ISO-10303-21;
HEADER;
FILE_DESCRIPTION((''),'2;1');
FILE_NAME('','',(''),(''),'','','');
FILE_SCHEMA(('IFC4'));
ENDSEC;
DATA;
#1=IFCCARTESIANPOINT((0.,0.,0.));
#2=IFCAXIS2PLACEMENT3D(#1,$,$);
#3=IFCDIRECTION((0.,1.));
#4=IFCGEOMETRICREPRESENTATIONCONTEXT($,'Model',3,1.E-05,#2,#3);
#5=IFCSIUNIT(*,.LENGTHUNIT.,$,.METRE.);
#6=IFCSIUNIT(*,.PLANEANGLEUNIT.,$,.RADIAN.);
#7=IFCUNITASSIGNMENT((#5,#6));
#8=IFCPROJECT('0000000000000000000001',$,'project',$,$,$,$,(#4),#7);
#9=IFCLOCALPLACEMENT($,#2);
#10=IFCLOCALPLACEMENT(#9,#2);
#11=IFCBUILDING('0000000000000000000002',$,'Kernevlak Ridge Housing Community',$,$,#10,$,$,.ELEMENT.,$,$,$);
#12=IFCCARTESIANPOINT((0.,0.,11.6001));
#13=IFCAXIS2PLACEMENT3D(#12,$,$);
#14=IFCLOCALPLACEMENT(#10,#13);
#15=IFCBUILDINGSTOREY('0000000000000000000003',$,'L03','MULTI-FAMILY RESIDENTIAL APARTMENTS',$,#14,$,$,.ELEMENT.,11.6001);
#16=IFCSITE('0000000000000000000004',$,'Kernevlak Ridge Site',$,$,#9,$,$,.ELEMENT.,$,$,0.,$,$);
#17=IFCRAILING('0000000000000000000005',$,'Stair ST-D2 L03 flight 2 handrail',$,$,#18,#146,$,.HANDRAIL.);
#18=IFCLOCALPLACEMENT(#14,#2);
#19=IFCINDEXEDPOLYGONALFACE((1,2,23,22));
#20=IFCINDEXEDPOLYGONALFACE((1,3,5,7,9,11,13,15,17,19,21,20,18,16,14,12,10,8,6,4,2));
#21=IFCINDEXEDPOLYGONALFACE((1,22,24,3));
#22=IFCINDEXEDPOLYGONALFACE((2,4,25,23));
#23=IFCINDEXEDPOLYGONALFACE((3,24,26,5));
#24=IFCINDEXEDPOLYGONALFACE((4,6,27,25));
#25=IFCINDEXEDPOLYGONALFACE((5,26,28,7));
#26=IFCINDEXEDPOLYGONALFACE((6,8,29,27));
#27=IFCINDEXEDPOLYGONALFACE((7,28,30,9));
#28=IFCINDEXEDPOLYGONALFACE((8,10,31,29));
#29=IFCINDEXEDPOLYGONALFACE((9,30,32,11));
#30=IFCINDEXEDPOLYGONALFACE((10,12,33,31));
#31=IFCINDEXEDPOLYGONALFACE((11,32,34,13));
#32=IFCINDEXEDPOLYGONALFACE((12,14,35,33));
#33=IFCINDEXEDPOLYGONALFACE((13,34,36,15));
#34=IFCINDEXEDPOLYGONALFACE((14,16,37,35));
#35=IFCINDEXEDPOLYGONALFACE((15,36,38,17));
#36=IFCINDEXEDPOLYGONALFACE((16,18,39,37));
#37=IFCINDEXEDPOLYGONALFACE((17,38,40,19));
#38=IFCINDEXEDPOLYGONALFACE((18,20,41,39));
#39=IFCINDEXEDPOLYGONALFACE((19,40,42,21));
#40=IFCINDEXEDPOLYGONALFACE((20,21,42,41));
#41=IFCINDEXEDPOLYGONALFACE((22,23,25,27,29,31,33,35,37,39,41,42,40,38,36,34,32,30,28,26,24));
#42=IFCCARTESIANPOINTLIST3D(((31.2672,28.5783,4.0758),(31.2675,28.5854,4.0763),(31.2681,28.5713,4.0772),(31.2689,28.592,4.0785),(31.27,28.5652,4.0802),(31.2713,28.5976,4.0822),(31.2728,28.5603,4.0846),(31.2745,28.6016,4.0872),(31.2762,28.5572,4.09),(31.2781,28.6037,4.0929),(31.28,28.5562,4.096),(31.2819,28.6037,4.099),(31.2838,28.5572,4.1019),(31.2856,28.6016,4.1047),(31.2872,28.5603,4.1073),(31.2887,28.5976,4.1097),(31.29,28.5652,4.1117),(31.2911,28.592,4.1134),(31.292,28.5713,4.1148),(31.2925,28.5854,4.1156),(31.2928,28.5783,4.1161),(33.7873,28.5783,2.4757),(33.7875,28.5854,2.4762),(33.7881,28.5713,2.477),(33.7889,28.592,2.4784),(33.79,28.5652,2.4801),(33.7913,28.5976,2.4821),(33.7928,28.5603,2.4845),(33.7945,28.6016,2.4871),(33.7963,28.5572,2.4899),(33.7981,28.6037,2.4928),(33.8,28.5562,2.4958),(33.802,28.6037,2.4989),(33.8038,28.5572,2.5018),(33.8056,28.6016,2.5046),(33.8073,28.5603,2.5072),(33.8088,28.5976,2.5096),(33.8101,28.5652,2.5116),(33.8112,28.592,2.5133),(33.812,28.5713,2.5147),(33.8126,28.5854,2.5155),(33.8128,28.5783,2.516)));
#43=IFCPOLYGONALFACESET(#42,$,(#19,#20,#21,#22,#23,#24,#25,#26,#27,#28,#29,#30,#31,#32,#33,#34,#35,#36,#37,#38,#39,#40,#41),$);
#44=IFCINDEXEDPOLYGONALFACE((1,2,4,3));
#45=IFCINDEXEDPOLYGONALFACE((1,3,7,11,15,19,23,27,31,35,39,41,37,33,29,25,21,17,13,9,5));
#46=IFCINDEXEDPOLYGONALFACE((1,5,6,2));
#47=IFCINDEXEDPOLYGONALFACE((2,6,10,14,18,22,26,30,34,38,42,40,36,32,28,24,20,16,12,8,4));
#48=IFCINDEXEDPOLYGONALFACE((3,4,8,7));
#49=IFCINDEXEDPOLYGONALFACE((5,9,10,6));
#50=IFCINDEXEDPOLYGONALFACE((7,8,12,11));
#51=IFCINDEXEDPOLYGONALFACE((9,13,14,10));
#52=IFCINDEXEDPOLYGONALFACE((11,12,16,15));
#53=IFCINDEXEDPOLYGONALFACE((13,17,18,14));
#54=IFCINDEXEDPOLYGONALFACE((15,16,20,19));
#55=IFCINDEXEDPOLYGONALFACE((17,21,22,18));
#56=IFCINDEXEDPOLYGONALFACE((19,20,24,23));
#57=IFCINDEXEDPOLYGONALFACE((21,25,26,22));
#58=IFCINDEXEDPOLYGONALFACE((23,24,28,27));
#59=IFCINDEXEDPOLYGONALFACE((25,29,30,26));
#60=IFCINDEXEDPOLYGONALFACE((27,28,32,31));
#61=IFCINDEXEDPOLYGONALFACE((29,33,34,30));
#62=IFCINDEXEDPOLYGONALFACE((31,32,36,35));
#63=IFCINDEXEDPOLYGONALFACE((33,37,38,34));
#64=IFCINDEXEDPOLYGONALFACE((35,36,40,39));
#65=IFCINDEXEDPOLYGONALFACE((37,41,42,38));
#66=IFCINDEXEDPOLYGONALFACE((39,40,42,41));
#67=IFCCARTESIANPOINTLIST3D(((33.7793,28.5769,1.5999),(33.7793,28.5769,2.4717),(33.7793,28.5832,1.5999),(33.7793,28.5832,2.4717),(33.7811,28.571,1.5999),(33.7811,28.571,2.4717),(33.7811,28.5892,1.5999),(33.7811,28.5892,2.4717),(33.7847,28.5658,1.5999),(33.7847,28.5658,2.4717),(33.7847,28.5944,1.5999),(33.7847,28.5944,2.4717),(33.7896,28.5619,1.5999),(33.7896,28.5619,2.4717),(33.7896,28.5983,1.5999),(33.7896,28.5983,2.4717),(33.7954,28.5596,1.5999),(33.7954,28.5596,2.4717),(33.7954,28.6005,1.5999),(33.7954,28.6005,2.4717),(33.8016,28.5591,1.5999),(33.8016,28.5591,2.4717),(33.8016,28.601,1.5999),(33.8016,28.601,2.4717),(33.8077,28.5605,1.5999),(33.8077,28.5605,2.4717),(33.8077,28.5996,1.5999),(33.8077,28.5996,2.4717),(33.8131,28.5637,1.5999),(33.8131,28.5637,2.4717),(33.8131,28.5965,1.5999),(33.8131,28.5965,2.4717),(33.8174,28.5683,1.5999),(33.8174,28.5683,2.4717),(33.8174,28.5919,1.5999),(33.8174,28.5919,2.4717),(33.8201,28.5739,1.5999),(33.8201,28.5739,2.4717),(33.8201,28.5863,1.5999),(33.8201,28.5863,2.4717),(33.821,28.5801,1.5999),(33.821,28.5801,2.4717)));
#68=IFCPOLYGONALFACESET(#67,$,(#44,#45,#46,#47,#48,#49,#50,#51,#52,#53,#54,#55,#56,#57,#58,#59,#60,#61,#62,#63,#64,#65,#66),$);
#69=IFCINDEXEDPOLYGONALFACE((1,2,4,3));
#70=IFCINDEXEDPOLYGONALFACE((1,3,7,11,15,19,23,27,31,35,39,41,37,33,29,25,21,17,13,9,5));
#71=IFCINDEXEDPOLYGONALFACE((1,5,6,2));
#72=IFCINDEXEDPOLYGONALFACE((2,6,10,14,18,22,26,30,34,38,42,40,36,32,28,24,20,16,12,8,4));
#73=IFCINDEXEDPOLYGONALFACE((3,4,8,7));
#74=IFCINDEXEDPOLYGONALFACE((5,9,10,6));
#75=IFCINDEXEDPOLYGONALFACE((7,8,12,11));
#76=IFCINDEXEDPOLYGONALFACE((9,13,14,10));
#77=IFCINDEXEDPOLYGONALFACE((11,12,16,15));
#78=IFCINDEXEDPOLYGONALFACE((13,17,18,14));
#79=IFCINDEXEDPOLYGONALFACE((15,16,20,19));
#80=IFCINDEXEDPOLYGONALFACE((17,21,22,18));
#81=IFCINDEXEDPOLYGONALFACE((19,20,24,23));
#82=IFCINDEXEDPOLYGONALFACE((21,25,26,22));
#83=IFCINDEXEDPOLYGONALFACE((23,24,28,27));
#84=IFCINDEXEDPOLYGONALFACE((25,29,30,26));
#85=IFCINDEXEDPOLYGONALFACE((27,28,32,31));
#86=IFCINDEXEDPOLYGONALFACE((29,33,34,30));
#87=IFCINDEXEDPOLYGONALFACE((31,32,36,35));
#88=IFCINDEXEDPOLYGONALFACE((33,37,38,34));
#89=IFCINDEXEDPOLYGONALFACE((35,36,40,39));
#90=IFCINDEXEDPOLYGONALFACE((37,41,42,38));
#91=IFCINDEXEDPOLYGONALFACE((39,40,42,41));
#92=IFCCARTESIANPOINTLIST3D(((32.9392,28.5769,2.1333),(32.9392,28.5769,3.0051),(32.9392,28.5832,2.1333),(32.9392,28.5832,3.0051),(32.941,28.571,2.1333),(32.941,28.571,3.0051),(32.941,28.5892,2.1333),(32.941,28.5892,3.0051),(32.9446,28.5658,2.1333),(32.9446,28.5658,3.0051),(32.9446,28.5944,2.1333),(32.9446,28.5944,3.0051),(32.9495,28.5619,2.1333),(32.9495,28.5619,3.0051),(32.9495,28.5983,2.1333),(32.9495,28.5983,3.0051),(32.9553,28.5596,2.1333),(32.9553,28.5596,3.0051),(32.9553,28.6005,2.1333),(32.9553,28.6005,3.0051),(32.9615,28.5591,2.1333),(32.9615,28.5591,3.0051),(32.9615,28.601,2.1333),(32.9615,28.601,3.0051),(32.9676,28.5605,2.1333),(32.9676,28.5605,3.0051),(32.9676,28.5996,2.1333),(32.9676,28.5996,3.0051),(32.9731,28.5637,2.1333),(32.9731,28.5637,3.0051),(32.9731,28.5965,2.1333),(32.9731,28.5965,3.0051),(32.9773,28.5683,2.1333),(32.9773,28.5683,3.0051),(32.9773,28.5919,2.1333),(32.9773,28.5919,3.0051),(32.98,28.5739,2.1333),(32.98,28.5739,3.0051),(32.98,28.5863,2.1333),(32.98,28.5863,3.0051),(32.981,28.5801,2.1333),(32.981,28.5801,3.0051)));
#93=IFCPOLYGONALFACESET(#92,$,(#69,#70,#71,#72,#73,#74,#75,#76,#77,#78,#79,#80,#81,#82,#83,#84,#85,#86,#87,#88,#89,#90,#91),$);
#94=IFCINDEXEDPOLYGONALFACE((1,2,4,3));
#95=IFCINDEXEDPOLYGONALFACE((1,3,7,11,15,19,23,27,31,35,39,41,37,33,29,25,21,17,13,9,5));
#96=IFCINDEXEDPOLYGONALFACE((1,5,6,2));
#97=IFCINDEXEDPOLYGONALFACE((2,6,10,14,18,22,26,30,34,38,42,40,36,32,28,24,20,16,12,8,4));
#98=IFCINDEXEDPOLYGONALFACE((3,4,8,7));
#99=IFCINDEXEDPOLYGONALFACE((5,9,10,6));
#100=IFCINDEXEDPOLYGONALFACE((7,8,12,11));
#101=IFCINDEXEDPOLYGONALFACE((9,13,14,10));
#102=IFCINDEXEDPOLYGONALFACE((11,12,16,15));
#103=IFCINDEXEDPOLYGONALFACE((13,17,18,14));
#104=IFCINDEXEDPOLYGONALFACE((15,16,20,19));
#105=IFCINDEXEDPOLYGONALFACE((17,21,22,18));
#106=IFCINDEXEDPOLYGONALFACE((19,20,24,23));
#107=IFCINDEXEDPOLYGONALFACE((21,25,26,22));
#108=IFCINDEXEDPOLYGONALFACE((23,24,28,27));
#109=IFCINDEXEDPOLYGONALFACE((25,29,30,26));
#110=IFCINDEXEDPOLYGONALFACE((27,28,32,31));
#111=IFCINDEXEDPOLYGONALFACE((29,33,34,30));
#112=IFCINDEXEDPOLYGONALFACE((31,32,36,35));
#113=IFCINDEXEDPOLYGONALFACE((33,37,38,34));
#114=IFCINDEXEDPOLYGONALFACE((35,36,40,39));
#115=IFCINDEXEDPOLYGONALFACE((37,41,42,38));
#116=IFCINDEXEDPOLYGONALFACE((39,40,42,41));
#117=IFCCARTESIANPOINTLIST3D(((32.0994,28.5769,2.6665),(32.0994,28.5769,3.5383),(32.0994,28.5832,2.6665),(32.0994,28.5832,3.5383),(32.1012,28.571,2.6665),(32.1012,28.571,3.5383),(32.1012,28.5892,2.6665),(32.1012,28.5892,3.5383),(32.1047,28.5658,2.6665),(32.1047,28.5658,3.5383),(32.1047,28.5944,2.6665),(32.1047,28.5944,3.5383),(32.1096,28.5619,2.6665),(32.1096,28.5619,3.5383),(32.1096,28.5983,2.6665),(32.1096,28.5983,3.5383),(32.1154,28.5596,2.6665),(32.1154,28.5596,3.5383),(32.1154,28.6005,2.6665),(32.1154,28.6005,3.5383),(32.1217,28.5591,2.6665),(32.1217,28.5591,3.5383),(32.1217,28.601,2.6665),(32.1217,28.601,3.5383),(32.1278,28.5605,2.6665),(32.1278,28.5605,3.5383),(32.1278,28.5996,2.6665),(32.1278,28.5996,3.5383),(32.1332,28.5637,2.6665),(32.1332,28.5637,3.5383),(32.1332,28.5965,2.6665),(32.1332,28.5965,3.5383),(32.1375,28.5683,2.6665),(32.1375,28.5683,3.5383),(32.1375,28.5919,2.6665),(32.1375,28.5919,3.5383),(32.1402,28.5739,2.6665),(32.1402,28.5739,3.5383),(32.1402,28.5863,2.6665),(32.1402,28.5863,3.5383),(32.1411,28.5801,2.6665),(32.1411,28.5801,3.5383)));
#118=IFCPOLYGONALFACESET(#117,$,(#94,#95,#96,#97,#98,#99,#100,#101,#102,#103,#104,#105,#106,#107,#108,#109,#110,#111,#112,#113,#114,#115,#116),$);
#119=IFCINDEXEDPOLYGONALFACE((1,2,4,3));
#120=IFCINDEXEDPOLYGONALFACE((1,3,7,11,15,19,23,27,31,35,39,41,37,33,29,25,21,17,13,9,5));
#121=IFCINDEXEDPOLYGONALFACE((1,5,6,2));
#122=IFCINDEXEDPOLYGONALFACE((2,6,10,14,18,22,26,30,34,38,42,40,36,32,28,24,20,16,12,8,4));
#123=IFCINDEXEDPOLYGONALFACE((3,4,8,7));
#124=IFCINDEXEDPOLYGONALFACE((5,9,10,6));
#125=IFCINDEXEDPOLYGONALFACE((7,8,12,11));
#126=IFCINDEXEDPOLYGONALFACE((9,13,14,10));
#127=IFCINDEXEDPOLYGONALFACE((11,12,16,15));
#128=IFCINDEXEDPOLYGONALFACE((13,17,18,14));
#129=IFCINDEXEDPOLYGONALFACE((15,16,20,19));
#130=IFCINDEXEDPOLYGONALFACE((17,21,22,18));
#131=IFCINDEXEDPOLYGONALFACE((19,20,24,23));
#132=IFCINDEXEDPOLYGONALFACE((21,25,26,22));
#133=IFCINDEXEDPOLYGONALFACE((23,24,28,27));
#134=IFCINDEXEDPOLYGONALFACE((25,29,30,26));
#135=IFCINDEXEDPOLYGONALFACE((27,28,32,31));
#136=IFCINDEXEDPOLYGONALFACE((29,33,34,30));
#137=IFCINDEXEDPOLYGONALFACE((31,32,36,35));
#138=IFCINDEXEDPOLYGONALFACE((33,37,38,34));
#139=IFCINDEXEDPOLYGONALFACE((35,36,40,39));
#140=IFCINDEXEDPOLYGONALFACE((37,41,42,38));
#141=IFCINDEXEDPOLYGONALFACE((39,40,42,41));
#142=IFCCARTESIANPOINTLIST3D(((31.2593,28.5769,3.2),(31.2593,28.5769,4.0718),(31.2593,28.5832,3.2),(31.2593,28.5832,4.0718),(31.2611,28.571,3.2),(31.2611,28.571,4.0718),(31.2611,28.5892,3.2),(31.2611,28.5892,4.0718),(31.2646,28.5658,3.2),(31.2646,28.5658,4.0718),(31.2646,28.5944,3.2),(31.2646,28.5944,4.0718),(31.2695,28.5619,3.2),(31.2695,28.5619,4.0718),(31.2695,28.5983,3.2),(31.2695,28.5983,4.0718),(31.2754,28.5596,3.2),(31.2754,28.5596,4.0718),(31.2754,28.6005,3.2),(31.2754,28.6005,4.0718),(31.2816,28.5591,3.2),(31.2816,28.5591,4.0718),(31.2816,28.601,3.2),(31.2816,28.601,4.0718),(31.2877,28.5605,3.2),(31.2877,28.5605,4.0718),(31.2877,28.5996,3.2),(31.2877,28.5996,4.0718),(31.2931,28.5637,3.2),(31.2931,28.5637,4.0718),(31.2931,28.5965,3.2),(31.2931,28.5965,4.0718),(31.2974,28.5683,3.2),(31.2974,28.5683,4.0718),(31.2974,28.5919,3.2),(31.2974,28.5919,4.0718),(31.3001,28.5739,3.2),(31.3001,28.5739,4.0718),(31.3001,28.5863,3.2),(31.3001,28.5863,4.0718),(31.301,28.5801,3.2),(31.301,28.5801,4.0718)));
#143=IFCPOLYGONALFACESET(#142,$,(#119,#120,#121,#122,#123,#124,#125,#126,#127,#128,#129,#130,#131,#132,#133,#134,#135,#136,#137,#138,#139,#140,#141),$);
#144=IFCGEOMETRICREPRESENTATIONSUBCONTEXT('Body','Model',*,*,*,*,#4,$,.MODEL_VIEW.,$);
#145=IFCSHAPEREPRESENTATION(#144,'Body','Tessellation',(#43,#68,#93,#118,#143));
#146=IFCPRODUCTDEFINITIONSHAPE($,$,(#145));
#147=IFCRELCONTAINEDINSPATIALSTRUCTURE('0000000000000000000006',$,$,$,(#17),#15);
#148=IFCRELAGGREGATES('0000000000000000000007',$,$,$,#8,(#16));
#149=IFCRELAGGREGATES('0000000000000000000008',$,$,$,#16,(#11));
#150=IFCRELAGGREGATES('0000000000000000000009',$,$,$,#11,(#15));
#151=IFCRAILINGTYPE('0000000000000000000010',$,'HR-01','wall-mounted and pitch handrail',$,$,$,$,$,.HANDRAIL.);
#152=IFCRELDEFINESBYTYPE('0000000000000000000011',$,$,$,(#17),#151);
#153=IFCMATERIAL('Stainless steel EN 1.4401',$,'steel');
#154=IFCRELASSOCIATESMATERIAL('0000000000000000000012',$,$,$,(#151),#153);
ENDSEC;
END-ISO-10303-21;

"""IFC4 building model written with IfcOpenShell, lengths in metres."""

from ifc_helpers import new_model, si_unit, direction, frame, origin, origin_2d, place, context, subcontext, project, spatial, circle, extrude, material, type_object, element, save


model = new_model("IFC4")

# Units and contexts
model_context = context("Model", 3, precision=1e-05, world=origin(), true_north=direction((0.0, 1.0)))
body_context = subcontext(model_context, "Body", "Model", "MODEL_VIEW")
ifc_project = project(units=[si_unit("LENGTHUNIT", "METRE"), si_unit("PLANEANGLEUNIT", "RADIAN")], contexts=[model_context])

# Site, building, storey
site_placement = place(None, origin())
site = spatial("IfcSite", under=ifc_project, at=site_placement, Name="Kernevlak Ridge Site", CompositionType="ELEMENT", RefElevation=0.0)
building_placement = place(site_placement, origin())
building = spatial("IfcBuilding", under=site, at=building_placement, Name="Kernevlak Ridge Housing Community", CompositionType="ELEMENT")
storey_placement = place(building_placement, frame((0.0, 0.0, 11.6001)))
storey = spatial("IfcBuildingStorey", under=building, at=storey_placement, Name="L03", Description="MULTI-FAMILY RESIDENTIAL APARTMENTS", CompositionType="ELEMENT", Elevation=11.6001)

# Railing
ifc_material_1 = material(Name="Stainless steel EN 1.4401", Category="steel")
railing_type_1 = type_object("IfcRailingType", Name="HR-01", Description="wall-mounted and pitch handrail", PredefinedType="HANDRAIL", material=ifc_material_1)
railing_1_placement = place(storey_placement, frame((33.8, 28.5801, 1.5999)))
element("IfcRailing", 1, at=railing_1_placement, inside=storey, type_object=railing_type_1, Name="Stair ST-D2 L03 flight 2 handrail", PredefinedType="HANDRAIL", context=body_context, shape_type="SweptSolid", body=[
    extrude(circle(Radius=0.0239, at=origin_2d()), frame((0.0, 0.0, 0.896), z_axis=(-0.8442, 0.0, 0.536028), x_axis=(0.0, -1.0, 0.0)), (0.0, 0.0, 1.0), 2.9851),
    extrude(circle(Radius=0.021, at=origin_2d()), origin(), (0.0, 0.0, 1.0), 0.8718),
    extrude(circle(Radius=0.021, at=origin_2d()), frame((-0.8401, 0.0, 0.5334)), (0.0, 0.0, 1.0), 0.8718),
    extrude(circle(Radius=0.021, at=origin_2d()), frame((-1.6799, 0.0, 1.0667)), (0.0, 0.0, 1.0), 0.8718),
    extrude(circle(Radius=0.021, at=origin_2d()), frame((-2.52, 0.0, 1.6001)), (0.0, 0.0, 1.0), 0.8718),
])

save(model, "model.ifc")
